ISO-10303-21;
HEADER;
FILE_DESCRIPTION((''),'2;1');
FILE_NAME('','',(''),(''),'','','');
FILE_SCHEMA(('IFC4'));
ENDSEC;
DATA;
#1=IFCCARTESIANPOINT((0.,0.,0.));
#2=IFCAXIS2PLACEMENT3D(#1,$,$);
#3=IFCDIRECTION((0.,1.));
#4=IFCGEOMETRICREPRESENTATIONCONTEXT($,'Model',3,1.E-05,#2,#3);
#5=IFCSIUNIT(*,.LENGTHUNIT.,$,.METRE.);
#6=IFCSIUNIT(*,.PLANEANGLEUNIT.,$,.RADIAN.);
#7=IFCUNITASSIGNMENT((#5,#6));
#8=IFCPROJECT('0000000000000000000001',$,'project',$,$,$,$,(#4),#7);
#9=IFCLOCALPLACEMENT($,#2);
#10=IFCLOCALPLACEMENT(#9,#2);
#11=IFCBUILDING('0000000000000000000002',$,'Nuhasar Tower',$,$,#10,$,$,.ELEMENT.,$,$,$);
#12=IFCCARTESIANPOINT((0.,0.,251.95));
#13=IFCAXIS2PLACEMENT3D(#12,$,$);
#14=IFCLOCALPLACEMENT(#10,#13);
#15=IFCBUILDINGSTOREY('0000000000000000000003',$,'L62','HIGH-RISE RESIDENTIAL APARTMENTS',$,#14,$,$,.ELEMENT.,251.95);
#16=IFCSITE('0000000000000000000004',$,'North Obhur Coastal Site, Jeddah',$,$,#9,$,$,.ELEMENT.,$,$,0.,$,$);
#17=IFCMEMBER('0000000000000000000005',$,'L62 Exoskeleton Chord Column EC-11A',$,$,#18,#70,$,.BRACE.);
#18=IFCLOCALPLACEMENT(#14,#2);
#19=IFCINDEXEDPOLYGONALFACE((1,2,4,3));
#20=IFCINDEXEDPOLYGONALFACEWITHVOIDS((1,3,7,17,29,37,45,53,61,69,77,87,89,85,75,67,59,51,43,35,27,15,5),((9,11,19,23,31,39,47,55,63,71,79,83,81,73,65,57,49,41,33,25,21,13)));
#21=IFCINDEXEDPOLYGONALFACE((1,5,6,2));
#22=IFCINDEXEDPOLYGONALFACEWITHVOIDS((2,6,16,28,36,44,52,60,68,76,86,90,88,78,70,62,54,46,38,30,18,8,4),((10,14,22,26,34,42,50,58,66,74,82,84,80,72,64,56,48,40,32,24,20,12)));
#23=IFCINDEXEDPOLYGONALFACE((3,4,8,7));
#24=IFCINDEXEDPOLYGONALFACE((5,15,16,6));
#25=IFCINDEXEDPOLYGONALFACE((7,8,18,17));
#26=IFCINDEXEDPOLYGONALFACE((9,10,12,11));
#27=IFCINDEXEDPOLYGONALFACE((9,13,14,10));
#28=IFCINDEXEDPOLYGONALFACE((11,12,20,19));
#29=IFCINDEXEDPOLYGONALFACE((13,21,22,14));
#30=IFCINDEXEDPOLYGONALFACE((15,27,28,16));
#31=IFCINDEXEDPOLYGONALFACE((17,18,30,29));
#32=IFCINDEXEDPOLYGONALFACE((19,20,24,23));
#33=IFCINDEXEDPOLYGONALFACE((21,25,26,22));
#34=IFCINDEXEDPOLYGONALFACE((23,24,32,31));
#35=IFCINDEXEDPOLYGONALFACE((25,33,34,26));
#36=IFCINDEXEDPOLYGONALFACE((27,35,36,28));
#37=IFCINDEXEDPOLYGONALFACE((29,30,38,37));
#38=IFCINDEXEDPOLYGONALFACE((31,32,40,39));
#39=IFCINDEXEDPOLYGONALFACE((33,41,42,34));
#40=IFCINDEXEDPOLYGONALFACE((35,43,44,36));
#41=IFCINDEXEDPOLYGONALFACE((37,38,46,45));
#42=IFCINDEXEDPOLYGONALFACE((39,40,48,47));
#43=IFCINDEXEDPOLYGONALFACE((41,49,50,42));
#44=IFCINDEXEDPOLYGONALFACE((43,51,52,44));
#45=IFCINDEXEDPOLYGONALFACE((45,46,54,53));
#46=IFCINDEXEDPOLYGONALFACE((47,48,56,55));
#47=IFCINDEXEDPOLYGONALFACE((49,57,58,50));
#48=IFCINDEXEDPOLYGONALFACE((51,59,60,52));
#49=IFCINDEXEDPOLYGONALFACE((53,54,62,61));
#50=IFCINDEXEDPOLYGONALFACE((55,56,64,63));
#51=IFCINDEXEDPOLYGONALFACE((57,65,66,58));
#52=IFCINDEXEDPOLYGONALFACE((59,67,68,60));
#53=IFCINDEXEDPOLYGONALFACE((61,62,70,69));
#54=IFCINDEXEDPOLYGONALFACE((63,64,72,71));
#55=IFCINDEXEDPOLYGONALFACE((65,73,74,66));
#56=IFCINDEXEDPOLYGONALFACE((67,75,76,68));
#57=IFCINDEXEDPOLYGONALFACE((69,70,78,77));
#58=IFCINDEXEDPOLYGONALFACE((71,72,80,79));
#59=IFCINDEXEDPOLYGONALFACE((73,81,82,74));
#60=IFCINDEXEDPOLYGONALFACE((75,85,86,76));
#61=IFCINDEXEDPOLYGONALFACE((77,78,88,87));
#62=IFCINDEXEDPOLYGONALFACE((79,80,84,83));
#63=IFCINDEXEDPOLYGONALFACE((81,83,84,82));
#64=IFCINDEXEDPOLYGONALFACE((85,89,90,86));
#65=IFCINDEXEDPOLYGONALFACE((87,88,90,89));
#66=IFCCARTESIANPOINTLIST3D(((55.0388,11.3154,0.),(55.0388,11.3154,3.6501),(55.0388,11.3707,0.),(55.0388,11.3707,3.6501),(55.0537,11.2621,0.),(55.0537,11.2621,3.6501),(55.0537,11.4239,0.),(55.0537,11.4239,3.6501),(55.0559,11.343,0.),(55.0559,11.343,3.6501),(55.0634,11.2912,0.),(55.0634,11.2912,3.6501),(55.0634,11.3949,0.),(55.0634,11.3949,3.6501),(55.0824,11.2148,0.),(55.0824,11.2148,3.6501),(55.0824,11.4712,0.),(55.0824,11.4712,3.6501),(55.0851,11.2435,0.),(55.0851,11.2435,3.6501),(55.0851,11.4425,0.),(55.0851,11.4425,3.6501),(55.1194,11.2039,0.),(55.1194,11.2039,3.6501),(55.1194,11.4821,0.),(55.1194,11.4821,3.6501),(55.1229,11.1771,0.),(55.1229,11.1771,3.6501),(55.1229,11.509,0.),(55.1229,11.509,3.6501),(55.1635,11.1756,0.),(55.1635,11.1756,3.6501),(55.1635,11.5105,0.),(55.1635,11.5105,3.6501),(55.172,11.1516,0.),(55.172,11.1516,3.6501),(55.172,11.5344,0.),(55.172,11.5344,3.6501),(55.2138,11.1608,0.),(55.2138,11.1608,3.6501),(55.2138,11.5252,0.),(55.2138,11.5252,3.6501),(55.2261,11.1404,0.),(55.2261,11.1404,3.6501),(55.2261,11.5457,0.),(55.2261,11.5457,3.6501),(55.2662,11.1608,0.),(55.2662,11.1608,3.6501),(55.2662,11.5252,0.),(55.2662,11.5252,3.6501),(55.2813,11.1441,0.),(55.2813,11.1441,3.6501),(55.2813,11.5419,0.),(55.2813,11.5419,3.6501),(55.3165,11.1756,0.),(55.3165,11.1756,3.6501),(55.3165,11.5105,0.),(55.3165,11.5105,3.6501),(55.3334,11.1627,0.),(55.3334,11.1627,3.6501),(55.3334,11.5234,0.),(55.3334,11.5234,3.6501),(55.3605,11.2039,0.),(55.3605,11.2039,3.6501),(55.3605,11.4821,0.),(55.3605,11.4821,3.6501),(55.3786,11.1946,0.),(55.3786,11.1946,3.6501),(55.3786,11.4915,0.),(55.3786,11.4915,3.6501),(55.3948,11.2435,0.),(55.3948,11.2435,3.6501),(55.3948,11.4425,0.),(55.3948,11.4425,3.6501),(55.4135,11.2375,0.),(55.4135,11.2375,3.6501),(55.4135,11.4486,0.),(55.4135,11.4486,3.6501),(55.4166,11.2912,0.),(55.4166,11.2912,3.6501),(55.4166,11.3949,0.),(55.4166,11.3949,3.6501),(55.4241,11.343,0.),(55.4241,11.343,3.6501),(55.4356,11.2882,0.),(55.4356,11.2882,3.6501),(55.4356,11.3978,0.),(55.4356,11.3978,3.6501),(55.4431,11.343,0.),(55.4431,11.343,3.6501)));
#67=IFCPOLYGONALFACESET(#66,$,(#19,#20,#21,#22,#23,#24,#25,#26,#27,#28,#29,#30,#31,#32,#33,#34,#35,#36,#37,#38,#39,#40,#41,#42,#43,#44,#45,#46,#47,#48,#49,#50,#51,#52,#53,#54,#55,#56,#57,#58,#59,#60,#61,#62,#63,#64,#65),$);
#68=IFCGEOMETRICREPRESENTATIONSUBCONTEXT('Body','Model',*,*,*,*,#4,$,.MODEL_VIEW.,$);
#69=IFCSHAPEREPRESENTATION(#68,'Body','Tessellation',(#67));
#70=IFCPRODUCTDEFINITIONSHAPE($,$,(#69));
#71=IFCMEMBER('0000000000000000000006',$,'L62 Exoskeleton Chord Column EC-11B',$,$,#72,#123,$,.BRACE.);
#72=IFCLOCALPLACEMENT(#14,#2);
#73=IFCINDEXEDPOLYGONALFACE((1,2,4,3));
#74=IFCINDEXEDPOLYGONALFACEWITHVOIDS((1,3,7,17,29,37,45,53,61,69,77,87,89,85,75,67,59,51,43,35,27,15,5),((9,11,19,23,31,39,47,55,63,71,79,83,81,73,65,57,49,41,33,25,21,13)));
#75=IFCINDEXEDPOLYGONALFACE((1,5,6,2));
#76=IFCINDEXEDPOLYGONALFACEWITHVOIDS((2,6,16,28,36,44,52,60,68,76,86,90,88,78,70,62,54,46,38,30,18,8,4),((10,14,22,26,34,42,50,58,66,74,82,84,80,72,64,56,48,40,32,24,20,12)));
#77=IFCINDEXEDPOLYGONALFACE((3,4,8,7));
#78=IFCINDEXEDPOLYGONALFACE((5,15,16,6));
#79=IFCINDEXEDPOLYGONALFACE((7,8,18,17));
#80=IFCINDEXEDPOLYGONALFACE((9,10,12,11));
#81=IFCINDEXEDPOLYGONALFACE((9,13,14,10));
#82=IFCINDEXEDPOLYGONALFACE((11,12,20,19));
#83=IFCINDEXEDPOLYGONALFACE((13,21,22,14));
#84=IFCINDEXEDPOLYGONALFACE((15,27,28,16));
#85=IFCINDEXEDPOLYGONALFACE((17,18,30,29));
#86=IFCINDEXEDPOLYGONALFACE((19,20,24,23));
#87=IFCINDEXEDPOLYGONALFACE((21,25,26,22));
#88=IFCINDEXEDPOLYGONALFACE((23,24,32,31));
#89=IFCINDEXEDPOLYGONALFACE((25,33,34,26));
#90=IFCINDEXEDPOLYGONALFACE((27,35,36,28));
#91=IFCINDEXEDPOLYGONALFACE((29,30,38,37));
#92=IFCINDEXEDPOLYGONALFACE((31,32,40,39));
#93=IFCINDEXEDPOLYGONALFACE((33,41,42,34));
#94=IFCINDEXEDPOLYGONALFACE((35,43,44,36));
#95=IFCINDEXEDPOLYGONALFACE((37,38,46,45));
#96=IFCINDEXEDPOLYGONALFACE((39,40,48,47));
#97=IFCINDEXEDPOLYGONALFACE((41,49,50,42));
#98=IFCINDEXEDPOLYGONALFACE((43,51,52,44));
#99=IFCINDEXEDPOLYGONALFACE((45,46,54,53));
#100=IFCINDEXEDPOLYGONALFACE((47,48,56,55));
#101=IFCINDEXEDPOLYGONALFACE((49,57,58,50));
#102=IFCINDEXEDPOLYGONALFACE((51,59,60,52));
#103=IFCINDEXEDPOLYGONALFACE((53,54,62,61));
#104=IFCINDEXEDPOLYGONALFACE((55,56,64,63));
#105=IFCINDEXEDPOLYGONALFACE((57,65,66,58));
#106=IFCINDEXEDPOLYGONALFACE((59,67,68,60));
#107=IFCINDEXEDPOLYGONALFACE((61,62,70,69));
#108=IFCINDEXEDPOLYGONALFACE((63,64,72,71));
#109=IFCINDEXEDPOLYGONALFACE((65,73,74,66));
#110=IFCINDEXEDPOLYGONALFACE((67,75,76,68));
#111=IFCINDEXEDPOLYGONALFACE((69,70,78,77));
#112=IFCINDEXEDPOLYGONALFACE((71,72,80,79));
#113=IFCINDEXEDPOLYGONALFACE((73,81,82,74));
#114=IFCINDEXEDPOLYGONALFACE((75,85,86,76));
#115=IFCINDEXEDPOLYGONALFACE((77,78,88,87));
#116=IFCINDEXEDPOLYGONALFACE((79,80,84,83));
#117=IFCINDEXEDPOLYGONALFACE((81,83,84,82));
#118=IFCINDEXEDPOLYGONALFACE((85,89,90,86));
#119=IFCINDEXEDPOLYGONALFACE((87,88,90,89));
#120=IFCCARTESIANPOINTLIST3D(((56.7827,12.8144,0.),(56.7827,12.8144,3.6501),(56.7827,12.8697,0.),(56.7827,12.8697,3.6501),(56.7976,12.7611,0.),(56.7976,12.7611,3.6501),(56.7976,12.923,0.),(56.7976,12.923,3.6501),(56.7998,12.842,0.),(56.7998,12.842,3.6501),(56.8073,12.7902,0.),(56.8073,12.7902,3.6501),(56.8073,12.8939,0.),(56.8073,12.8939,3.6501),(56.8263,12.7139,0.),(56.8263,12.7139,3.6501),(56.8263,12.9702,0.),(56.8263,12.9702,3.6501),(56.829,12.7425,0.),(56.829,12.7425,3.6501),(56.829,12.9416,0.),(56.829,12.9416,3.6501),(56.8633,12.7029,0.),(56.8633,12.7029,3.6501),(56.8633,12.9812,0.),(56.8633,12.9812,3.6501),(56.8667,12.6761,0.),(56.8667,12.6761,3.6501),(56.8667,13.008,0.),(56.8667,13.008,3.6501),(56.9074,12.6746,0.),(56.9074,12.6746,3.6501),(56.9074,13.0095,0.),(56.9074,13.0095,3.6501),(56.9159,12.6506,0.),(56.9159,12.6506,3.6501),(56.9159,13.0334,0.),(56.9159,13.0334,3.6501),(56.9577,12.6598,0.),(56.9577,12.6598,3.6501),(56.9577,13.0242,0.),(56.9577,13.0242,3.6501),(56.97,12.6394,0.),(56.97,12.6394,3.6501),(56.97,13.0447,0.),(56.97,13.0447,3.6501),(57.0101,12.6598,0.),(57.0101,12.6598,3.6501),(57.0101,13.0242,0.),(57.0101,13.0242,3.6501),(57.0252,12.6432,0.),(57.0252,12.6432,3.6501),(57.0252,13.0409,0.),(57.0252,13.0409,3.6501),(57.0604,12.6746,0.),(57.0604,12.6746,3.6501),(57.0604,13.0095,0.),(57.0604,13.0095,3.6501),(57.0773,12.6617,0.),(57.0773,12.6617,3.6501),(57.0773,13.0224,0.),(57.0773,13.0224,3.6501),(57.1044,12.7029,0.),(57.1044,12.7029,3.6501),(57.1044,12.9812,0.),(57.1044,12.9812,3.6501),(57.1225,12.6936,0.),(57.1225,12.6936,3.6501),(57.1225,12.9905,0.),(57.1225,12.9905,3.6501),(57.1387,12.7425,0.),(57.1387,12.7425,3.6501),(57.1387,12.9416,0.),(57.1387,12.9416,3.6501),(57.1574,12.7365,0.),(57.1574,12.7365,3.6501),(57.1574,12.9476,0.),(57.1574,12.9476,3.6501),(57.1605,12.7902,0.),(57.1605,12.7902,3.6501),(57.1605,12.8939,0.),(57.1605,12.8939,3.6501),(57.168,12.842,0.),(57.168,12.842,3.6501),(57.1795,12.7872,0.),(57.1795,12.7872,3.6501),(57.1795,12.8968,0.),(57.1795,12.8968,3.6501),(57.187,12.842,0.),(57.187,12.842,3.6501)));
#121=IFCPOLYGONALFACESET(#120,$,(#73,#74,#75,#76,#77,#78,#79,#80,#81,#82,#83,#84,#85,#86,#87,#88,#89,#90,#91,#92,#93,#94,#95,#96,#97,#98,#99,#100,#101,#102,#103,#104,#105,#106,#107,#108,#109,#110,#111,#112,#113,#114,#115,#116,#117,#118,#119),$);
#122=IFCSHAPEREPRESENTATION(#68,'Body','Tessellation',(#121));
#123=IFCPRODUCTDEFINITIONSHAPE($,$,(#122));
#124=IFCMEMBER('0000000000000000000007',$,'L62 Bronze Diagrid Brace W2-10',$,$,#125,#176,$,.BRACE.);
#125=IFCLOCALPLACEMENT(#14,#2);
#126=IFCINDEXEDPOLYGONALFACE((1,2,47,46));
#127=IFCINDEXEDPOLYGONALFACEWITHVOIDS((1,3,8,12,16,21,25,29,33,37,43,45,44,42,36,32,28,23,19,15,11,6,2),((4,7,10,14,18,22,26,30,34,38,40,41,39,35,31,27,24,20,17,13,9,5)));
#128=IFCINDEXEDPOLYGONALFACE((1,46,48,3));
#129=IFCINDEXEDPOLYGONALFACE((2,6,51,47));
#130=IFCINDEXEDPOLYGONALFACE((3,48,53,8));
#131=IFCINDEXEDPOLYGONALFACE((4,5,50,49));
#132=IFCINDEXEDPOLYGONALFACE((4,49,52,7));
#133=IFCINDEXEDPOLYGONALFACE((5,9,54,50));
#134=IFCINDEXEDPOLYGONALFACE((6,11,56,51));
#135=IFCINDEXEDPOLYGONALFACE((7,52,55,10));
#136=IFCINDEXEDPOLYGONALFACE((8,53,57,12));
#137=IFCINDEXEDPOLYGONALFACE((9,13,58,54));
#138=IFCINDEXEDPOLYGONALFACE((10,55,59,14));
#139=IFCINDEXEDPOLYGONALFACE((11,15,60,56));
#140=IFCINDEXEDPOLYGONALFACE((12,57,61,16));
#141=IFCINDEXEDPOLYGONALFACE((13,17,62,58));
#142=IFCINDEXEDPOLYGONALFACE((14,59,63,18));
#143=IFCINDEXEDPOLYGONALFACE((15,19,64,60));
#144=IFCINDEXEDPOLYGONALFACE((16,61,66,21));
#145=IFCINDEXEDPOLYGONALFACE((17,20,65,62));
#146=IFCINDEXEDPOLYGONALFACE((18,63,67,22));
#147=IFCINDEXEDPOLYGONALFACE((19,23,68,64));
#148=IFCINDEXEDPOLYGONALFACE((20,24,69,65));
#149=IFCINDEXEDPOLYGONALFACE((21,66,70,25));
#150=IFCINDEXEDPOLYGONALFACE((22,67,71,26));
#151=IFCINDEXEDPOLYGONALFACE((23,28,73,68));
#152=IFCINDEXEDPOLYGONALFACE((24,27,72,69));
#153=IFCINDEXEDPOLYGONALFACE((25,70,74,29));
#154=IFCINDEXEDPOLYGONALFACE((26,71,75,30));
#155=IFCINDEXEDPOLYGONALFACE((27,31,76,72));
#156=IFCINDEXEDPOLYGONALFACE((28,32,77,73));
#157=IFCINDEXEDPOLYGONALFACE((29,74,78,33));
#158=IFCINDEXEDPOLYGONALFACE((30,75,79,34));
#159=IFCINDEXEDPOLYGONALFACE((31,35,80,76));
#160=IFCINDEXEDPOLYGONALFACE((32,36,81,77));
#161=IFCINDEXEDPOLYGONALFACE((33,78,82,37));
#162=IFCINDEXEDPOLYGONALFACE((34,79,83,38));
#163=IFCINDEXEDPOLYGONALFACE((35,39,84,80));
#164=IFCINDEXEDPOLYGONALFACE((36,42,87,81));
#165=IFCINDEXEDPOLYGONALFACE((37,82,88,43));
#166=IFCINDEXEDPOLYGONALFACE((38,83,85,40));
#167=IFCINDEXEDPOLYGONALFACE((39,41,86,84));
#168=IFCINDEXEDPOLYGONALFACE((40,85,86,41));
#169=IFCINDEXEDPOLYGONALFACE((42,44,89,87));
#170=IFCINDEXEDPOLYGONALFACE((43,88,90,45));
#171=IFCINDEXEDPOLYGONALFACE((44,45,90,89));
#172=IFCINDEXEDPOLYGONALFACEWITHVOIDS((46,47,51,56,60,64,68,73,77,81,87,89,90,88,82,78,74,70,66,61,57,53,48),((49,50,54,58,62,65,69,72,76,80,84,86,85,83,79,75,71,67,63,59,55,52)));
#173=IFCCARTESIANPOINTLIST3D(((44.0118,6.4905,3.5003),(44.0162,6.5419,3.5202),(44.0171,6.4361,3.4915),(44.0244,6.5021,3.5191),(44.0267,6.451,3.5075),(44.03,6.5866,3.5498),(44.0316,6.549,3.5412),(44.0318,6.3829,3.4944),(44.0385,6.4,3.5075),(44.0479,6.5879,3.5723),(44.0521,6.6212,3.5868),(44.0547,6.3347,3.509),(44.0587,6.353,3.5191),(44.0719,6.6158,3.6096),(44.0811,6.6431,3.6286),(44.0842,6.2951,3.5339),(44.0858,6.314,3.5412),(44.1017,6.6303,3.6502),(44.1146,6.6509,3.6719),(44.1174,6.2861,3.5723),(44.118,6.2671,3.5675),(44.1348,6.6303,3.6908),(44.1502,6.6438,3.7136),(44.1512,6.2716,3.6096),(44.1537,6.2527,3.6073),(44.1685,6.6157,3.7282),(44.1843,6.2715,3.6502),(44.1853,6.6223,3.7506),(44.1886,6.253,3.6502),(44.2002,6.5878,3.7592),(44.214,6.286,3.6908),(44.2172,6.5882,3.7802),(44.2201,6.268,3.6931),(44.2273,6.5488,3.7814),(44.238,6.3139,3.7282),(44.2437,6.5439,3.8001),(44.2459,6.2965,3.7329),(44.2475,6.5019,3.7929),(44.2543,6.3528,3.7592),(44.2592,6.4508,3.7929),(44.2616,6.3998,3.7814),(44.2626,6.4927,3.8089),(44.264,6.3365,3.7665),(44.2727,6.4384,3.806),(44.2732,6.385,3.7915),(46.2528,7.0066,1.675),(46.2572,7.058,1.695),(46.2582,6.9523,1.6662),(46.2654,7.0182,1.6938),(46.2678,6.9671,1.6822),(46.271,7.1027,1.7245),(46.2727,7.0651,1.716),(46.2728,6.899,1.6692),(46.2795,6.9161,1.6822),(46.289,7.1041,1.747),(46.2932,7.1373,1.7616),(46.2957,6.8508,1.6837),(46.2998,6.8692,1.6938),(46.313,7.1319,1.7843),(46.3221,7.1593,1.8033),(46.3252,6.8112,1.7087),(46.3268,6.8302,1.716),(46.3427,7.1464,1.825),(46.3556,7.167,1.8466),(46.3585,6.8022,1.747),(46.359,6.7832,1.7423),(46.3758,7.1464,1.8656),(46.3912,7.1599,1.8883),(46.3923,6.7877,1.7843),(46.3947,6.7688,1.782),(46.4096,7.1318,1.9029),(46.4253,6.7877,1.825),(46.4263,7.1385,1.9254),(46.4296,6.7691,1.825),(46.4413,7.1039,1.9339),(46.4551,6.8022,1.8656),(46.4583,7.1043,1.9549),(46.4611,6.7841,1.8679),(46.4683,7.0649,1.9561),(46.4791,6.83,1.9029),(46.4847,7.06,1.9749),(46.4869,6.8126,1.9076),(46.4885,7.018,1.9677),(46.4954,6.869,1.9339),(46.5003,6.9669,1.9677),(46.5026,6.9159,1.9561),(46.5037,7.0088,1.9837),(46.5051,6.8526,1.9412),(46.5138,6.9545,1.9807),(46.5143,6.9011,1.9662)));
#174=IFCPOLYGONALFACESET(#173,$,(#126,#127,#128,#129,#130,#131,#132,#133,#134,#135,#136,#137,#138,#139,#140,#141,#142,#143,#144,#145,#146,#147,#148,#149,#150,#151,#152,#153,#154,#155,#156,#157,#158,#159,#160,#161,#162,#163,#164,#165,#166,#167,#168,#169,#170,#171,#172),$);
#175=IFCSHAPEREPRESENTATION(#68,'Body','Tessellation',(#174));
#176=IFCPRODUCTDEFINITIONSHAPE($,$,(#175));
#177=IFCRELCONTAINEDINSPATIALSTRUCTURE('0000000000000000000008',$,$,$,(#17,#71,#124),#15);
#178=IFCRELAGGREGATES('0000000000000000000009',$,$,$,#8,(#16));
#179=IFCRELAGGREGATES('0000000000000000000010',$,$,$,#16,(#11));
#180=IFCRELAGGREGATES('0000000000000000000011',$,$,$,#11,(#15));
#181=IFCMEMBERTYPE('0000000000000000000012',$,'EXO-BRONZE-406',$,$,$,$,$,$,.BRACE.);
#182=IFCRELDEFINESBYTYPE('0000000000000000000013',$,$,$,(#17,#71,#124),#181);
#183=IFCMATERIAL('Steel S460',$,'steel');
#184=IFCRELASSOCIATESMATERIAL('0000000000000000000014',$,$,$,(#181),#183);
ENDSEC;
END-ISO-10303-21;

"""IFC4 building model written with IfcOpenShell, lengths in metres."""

from ifc_helpers import new_model, si_unit, direction, frame, origin, origin_2d, place, context, subcontext, project, spatial, hollow_circle, extrude, material, material_profile, profile_set, type_object, element, save


model = new_model("IFC4")

# Units and contexts
model_context = context("Model", 3, precision=1e-05, world=origin(), true_north=direction((0.0, 1.0)))
body_context = subcontext(model_context, "Body", "Model", "MODEL_VIEW")
ifc_project = project(units=[si_unit("LENGTHUNIT", "METRE"), si_unit("PLANEANGLEUNIT", "RADIAN")], contexts=[model_context])

# Site, building, storey
site_placement = place(None, origin())
site = spatial("IfcSite", under=ifc_project, at=site_placement, Name="North Obhur Coastal Site, Jeddah", CompositionType="ELEMENT", RefElevation=0.0)
building_placement = place(site_placement, origin())
building = spatial("IfcBuilding", under=site, at=building_placement, Name="Nuhasar Tower", CompositionType="ELEMENT")
storey_placement = place(building_placement, frame((0.0, 0.0, 251.95)))
storey = spatial("IfcBuildingStorey", under=building, at=storey_placement, Name="L62", Description="HIGH-RISE RESIDENTIAL APARTMENTS", CompositionType="ELEMENT", Elevation=251.95)

# Members
ifc_material_1 = material(Name="Steel S460", Category="steel")
ifc_material_profile_1 = material_profile(ifc_material_1, hollow_circle(Radius=0.2031, WallThickness=0.019, at=origin_2d()), Name="HSS406.4X19.1")
ifc_profile_set_1 = profile_set([ifc_material_profile_1], Name="Steel S460")
member_type_1 = type_object("IfcMemberType", Name="EXO-BRONZE-406", PredefinedType="BRACE", material=ifc_profile_set_1)
for number, where, z_axis, x_axis, name in (
    (1, (55.24, 11.343, 0.0), (0.0, 0.0, 1.0), (1.0, 0.0, 0.0), "L62 Exoskeleton Chord Column EC-11A"),
    (2, (56.9839, 12.842, 0.0), (0.0, 0.0, 1.0), (1.0, 0.0, 0.0), "L62 Exoskeleton Chord Column EC-11B"),
):
    element("IfcMember", number, at=place(storey_placement, frame(where, z_axis=z_axis, x_axis=x_axis)), inside=storey, type_object=member_type_1, Name=name, PredefinedType="BRACE", context=body_context, shape_type="SweptSolid", body=[
        extrude(hollow_circle(Radius=0.2031, WallThickness=0.019, at=origin_2d()), origin(), (0.0, 0.0, 1.0), 3.6501),
    ])
member_1_placement = place(storey_placement, frame((46.384, 6.967, 1.825), z_axis=(-0.763292, -0.175793, 0.621677), x_axis=(0.224433, -0.97449, 0.0)))
element("IfcMember", 3, at=member_1_placement, inside=storey, type_object=member_type_1, Name="L62 Bronze Diagrid Brace W2-10", PredefinedType="BRACE", context=body_context, shape_type="SweptSolid", body=[
    extrude(hollow_circle(Radius=0.2031, WallThickness=0.019, at=origin_2d()), origin(), (0.0, 0.0, 1.0), 2.936),
])

save(model, "model.ifc")
